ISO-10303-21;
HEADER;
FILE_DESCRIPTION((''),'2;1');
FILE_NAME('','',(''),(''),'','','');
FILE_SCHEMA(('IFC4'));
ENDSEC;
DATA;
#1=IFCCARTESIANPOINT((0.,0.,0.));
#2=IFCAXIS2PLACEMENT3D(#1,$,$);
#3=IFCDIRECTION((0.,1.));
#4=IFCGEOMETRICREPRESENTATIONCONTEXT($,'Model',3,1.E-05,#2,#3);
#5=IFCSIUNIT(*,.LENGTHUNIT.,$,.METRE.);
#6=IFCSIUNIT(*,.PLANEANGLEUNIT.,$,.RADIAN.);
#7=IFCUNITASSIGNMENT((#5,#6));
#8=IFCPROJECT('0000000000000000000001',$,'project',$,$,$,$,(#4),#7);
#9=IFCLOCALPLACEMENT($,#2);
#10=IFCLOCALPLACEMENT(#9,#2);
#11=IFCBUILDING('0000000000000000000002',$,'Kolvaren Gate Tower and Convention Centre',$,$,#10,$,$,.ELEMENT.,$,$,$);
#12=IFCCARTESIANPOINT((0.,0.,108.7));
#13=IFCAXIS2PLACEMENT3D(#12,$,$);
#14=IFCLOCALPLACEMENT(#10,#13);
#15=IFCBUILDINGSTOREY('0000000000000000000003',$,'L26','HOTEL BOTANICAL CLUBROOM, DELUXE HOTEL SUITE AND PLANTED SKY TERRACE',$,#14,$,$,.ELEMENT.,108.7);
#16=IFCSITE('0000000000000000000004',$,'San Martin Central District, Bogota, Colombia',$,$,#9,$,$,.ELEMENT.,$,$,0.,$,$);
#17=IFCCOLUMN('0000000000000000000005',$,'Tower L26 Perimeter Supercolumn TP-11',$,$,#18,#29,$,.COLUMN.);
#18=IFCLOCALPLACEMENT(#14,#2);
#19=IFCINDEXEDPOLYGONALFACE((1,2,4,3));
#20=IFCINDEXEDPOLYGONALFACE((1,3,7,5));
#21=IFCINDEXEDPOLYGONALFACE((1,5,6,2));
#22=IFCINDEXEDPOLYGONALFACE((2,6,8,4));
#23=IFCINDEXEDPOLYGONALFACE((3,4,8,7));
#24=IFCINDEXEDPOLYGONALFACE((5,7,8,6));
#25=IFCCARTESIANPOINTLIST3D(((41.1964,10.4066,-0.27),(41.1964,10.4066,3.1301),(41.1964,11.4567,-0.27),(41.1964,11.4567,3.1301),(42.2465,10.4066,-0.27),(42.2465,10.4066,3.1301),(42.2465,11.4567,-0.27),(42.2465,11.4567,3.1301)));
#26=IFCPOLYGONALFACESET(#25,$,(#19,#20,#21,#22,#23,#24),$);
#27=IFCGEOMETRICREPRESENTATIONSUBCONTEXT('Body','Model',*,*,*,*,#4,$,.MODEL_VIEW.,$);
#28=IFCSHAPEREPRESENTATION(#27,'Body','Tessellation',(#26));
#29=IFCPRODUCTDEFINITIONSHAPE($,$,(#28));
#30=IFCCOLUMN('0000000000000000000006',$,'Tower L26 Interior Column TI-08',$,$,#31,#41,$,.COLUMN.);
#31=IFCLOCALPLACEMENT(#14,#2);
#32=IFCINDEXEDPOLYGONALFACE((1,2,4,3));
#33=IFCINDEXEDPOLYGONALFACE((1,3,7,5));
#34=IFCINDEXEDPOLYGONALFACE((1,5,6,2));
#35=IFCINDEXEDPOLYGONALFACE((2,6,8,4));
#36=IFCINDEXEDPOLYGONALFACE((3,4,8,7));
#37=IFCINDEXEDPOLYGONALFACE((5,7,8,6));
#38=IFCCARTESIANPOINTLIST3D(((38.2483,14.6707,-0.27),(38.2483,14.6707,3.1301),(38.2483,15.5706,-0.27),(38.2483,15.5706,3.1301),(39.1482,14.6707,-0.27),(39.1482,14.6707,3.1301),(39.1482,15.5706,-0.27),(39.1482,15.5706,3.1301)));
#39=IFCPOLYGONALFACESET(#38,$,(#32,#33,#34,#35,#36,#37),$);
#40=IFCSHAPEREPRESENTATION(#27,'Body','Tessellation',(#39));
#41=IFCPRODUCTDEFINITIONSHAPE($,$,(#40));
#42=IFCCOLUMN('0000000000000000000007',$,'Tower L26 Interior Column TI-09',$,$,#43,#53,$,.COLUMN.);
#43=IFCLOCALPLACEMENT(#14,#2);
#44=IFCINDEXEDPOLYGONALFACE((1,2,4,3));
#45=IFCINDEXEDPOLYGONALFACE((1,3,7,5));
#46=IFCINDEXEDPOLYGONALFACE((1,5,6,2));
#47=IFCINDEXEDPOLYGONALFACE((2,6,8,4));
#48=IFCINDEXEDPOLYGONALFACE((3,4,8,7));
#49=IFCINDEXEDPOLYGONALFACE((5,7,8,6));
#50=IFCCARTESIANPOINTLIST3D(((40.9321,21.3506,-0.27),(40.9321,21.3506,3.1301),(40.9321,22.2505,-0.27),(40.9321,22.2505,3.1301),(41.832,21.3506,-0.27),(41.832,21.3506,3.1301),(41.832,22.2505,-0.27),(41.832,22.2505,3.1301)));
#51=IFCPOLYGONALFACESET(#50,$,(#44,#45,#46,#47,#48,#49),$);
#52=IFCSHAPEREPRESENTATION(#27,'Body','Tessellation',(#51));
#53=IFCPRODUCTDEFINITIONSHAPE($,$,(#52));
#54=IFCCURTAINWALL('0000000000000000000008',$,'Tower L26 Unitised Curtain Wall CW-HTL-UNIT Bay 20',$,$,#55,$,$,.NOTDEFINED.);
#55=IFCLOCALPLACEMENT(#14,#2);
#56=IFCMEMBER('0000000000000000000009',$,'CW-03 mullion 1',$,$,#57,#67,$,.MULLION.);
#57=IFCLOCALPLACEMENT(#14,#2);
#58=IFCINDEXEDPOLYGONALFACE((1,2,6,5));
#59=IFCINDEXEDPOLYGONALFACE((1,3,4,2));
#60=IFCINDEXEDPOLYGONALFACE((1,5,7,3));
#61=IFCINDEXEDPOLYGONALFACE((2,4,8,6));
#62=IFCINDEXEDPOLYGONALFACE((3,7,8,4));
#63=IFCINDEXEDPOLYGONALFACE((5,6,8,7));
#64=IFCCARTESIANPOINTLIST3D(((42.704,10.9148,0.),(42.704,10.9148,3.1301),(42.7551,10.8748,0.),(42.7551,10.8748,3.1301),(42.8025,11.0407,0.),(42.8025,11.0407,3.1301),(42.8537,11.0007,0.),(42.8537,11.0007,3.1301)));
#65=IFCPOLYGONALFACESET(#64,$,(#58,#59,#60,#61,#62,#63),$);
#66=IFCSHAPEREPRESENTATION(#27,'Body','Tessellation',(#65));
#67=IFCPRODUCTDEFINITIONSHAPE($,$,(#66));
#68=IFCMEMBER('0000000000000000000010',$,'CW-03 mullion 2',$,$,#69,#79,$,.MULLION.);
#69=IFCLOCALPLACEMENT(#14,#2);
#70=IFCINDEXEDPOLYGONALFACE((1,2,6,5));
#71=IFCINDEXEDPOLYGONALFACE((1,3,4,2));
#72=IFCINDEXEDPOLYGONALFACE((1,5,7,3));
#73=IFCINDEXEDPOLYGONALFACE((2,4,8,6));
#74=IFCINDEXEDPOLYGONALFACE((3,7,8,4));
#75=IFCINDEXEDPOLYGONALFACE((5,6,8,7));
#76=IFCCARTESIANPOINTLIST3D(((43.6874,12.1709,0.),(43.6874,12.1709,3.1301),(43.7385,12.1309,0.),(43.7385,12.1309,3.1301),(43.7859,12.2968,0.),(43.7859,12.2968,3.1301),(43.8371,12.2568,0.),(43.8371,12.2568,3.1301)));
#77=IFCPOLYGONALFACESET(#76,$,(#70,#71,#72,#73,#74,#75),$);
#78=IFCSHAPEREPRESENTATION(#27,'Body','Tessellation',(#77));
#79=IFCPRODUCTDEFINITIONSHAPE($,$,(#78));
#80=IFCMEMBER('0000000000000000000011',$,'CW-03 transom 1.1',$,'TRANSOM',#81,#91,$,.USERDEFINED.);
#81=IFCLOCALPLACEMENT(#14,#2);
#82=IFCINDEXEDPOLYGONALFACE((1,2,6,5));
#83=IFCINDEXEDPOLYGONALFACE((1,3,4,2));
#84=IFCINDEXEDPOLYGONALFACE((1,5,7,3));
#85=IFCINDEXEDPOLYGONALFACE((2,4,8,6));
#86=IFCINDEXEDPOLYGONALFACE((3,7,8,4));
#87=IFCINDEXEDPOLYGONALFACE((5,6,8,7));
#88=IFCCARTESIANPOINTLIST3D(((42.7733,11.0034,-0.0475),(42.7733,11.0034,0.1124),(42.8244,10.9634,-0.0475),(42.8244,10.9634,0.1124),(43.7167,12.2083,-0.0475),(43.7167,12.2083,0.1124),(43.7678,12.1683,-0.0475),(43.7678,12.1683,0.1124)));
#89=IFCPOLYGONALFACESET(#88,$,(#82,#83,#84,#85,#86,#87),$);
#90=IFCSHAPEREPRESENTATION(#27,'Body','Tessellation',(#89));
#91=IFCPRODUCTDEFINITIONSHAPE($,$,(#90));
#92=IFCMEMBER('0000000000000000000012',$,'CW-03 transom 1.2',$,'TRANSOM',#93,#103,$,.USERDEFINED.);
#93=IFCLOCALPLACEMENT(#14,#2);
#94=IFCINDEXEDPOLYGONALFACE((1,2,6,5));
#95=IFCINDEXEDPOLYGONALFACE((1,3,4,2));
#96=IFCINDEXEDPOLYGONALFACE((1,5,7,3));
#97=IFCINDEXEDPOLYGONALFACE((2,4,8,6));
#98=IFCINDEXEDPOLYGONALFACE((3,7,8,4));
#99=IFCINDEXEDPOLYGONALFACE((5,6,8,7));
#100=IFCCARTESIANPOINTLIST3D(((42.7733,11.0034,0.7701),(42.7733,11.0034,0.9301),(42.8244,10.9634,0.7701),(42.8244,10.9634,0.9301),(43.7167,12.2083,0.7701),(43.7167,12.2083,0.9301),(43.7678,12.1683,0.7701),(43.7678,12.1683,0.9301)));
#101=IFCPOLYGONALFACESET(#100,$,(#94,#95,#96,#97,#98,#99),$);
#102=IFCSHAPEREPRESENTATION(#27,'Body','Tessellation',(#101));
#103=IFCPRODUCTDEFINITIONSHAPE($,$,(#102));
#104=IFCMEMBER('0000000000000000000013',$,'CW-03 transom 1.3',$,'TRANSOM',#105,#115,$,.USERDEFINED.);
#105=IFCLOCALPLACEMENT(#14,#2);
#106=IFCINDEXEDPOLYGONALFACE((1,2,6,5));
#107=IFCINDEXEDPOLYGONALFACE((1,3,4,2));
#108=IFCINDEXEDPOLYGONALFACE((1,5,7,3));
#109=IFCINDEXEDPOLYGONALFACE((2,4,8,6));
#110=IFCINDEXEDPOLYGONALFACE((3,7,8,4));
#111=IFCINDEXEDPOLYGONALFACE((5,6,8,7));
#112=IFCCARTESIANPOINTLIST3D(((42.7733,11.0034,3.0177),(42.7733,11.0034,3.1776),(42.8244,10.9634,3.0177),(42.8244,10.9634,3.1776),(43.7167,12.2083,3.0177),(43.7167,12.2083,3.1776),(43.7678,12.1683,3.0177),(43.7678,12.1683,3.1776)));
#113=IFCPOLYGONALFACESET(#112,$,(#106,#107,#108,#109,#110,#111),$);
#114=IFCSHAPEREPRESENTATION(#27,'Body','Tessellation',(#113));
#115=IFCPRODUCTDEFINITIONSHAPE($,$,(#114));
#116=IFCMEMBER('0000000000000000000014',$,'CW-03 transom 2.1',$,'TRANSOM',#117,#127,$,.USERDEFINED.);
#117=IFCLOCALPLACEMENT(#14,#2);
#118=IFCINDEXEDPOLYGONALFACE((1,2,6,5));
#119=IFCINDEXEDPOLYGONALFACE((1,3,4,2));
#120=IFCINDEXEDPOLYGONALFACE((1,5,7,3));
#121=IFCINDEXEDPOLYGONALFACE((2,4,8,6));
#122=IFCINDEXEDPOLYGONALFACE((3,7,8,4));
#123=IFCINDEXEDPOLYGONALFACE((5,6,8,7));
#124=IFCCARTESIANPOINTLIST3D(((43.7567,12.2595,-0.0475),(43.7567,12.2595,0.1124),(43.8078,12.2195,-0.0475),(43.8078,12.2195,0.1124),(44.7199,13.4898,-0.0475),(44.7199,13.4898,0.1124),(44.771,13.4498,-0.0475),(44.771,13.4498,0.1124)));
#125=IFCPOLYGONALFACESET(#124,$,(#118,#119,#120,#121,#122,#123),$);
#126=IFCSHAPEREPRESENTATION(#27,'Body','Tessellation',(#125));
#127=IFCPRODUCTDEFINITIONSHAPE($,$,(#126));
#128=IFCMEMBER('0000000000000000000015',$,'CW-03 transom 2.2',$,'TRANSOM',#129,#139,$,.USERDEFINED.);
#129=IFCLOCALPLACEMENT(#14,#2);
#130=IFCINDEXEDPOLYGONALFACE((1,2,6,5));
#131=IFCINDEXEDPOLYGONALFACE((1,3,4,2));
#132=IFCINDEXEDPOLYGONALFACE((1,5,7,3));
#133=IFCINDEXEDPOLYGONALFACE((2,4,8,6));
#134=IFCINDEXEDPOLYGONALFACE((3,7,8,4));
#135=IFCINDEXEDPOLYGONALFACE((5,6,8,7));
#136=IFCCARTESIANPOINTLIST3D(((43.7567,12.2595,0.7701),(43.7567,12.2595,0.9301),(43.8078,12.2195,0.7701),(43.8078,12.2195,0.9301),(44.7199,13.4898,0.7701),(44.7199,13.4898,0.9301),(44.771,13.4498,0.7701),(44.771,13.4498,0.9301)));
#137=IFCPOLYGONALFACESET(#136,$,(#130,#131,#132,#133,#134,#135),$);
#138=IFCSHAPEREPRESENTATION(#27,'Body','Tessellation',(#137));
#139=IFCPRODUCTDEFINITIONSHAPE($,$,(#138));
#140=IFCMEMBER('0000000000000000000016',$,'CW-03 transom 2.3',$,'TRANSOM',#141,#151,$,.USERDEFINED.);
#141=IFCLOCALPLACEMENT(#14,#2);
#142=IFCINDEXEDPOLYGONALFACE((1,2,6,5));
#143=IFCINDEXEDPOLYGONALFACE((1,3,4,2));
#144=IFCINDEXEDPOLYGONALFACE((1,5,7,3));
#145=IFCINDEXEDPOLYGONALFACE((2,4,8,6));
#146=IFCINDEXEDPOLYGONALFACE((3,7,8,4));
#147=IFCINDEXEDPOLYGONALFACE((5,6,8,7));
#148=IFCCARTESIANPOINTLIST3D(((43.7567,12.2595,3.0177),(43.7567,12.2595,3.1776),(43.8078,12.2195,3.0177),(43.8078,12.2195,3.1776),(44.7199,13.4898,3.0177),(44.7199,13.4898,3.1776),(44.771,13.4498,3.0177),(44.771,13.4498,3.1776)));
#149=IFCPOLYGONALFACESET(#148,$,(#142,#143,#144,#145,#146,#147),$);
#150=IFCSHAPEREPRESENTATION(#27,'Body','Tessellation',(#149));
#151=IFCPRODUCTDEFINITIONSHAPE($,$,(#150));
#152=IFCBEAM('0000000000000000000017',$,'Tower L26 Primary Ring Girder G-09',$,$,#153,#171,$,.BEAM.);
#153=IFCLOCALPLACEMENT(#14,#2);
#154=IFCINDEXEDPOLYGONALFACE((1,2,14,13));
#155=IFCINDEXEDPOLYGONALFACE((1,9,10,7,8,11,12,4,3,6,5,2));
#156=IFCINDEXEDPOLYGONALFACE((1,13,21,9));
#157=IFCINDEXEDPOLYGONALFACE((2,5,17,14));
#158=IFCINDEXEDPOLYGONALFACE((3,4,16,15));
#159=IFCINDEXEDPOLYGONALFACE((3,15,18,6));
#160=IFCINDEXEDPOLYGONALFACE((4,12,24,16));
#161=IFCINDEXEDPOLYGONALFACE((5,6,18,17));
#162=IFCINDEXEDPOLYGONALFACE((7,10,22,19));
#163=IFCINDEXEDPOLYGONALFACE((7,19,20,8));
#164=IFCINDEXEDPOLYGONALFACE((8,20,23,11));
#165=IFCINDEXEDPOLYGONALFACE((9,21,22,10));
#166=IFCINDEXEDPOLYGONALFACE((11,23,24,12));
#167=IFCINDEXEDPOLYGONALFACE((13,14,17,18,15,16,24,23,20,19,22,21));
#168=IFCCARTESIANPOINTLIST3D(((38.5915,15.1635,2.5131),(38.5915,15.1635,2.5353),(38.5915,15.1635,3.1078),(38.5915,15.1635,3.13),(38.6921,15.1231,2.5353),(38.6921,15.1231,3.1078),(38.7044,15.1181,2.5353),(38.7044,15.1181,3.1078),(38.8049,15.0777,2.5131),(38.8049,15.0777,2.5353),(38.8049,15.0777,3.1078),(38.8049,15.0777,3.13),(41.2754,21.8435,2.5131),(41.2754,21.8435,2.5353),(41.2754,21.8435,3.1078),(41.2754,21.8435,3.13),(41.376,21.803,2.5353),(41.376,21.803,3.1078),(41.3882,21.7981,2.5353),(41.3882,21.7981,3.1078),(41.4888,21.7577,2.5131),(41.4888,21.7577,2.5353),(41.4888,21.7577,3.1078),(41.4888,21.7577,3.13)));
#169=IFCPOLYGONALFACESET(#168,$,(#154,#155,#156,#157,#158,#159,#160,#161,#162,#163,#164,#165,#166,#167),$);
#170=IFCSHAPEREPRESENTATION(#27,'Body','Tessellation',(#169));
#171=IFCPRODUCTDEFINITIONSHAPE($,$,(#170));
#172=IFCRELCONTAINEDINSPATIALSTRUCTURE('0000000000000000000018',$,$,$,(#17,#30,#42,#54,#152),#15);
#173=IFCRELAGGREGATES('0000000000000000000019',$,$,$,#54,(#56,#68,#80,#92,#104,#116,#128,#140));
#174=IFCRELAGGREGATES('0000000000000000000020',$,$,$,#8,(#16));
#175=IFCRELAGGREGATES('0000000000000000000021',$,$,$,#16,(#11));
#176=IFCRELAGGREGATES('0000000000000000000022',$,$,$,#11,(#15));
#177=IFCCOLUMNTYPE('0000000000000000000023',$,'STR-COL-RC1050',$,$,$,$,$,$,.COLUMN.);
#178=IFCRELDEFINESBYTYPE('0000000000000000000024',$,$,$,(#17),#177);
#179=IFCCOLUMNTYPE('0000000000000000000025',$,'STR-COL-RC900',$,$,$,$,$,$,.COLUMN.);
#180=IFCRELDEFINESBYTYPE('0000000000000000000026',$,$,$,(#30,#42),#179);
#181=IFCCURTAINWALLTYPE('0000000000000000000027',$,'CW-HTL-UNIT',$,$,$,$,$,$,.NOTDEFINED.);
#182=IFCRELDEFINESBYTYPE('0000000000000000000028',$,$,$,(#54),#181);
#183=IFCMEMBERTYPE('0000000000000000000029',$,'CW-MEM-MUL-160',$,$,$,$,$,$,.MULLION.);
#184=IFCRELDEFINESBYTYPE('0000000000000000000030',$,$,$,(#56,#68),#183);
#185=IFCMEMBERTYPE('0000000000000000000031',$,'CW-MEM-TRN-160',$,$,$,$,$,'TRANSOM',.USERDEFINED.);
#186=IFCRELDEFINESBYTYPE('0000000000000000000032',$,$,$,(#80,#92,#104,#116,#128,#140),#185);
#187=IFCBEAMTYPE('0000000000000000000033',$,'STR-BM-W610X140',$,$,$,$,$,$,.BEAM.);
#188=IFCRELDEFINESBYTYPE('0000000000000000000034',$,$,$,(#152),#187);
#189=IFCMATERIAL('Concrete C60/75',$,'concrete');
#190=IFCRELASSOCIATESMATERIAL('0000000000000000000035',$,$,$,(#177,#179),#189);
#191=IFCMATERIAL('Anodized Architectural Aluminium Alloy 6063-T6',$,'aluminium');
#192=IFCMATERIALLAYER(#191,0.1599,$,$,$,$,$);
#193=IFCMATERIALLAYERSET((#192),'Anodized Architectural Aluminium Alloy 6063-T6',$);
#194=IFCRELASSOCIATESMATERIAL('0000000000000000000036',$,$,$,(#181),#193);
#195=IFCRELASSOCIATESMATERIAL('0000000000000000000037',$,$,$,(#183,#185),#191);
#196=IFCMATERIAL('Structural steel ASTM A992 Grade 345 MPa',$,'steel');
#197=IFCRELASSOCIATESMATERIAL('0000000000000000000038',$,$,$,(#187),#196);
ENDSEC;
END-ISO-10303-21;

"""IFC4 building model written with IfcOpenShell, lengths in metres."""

from ifc_helpers import new_model, si_unit, direction, frame, origin, origin_2d, place, context, subcontext, project, spatial, rectangle, i_section, extrude, material, layer, layer_set, material_profile, profile_set, type_object, element, aggregate, save


model = new_model("IFC4")

# Units and contexts
model_context = context("Model", 3, precision=1e-05, world=origin(), true_north=direction((0.0, 1.0)))
body_context = subcontext(model_context, "Body", "Model", "MODEL_VIEW")
ifc_project = project(units=[si_unit("LENGTHUNIT", "METRE"), si_unit("PLANEANGLEUNIT", "RADIAN")], contexts=[model_context])

# Site, building, storey
site_placement = place(None, origin())
site = spatial("IfcSite", under=ifc_project, at=site_placement, Name="San Martin Central District, Bogota, Colombia", CompositionType="ELEMENT", RefElevation=0.0)
building_placement = place(site_placement, origin())
building = spatial("IfcBuilding", under=site, at=building_placement, Name="Kolvaren Gate Tower and Convention Centre", CompositionType="ELEMENT")
storey_placement = place(building_placement, frame((0.0, 0.0, 108.7)))
storey = spatial("IfcBuildingStorey", under=building, at=storey_placement, Name="L26", Description="HOTEL BOTANICAL CLUBROOM, DELUXE HOTEL SUITE AND PLANTED SKY TERRACE", CompositionType="ELEMENT", Elevation=108.7)

# Columns
ifc_material_1 = material(Name="Concrete C60/75", Category="concrete")
ifc_material_profile_1 = material_profile(ifc_material_1, rectangle(XDim=1.05, YDim=1.05, at=origin_2d()), Name="RC-COL-1050X1050")
ifc_profile_set_1 = profile_set([ifc_material_profile_1], Name="Concrete C60/75")
column_type_1 = type_object("IfcColumnType", Name="STR-COL-RC1050", PredefinedType="COLUMN", material=ifc_profile_set_1)
column_placement = place(storey_placement, frame((41.7214, 10.9316, -0.27), z_axis=(0.0, 0.0, 1.0), x_axis=(1.0, 0.0, 0.0)))
element("IfcColumn", 1, at=column_placement, inside=storey, type_object=column_type_1, Name="Tower L26 Perimeter Supercolumn TP-11", PredefinedType="COLUMN", context=body_context, shape_type="SweptSolid", body=[
    extrude(rectangle(XDim=1.05, YDim=1.05, at=origin_2d()), origin(), (0.0, 0.0, 1.0), 3.4001),
])
ifc_material_profile_2 = material_profile(ifc_material_1, rectangle(XDim=0.8999, YDim=0.8999, at=origin_2d()), Name="RC-COL-900X900")
ifc_profile_set_2 = profile_set([ifc_material_profile_2], Name="Concrete C60/75")
column_type_2 = type_object("IfcColumnType", Name="STR-COL-RC900", PredefinedType="COLUMN", material=ifc_profile_set_2)
for number, where, z_axis, x_axis, name in (
    (2, (38.6982, 15.1206, -0.27), (0.0, 0.0, 1.0), (1.0, 0.0, 0.0), "Tower L26 Interior Column TI-08"),
    (3, (41.3821, 21.8005, -0.27), (0.0, 0.0, 1.0), (1.0, 0.0, 0.0), "Tower L26 Interior Column TI-09"),
):
    element("IfcColumn", number, at=place(storey_placement, frame(where, z_axis=z_axis, x_axis=x_axis)), inside=storey, type_object=column_type_2, Name=name, PredefinedType="COLUMN", context=body_context, shape_type="SweptSolid", body=[
        extrude(rectangle(XDim=0.8999, YDim=0.8999, at=origin_2d()), origin(), (0.0, 0.0, 1.0), 3.4001),
    ])

# Curtain wall, members
ifc_material_2 = material(Name="Anodized Architectural Aluminium Alloy 6063-T6", Category="aluminium")
ifc_layer_1 = layer(ifc_material_2, 0.1599)
ifc_layer_set_1 = layer_set([ifc_layer_1], Name="Anodized Architectural Aluminium Alloy 6063-T6")
curtain_wall_type = type_object("IfcCurtainWallType", Name="CW-HTL-UNIT", PredefinedType="NOTDEFINED", material=ifc_layer_set_1)
curtain_wall_placement = place(storey_placement, origin())
curtain_wall = element("IfcCurtainWall", 4, at=curtain_wall_placement, inside=storey, type_object=curtain_wall_type, Name="Tower L26 Unitised Curtain Wall CW-HTL-UNIT Bay 20", PredefinedType="NOTDEFINED")
ifc_material_profile_3 = material_profile(ifc_material_2, rectangle(XDim=0.0649, YDim=0.1599, at=origin_2d()), Name="CW-MEM-MUL-160")
ifc_profile_set_3 = profile_set([ifc_material_profile_3], Name="Anodized Architectural Aluminium Alloy 6063-T6")
member_type_1 = type_object("IfcMemberType", Name="CW-MEM-MUL-160", PredefinedType="MULLION", material=ifc_profile_set_3)
member_1_placement = place(storey_placement, frame((42.7788, 10.9578, 0.0), z_axis=(0.0, 0.0, 1.0), x_axis=(-0.787413, 0.616426, 0.0)))
member_1 = element("IfcMember", 5, at=member_1_placement, type_object=member_type_1, Name="CW-03 mullion 1", PredefinedType="MULLION", context=body_context, shape_type="SweptSolid", body=[
    extrude(rectangle(XDim=0.0649, YDim=0.1599, at=origin_2d()), origin(), (0.0, 0.0, 1.0), 3.1301),
])
member_2_placement = place(storey_placement, frame((43.7622, 12.2139, 0.0), z_axis=(0.0, 0.0, 1.0), x_axis=(-0.787413, 0.616426, 0.0)))
member_2 = element("IfcMember", 6, at=member_2_placement, type_object=member_type_1, Name="CW-03 mullion 2", PredefinedType="MULLION", context=body_context, shape_type="SweptSolid", body=[
    extrude(rectangle(XDim=0.0649, YDim=0.1599, at=origin_2d()), origin(), (0.0, 0.0, 1.0), 3.1301),
])
ifc_material_profile_4 = material_profile(ifc_material_2, rectangle(XDim=0.0649, YDim=0.1599, at=origin_2d()), Name="CW-MEM-TRN-160")
ifc_profile_set_4 = profile_set([ifc_material_profile_4], Name="Anodized Architectural Aluminium Alloy 6063-T6")
member_type_2 = type_object("IfcMemberType", Name="CW-MEM-TRN-160", ElementType="TRANSOM", PredefinedType="USERDEFINED", material=ifc_profile_set_4)
member_3_placement = place(storey_placement, frame((42.7988, 10.9834, 0.0325), z_axis=(0.616489, 0.787364, 0.0), x_axis=(-0.787364, 0.616489, 0.0)))
member_3 = element("IfcMember", 7, at=member_3_placement, type_object=member_type_2, Name="CW-03 transom 1.1", ObjectType="TRANSOM", PredefinedType="USERDEFINED", context=body_context, shape_type="SweptSolid", body=[
    extrude(rectangle(XDim=0.0649, YDim=0.1599, at=origin_2d()), origin(), (0.0, 0.0, 1.0), 1.5303),
])
member_4_placement = place(storey_placement, frame((42.7988, 10.9834, 0.8501), z_axis=(0.616489, 0.787364, 0.0), x_axis=(-0.787364, 0.616489, 0.0)))
member_4 = element("IfcMember", 8, at=member_4_placement, type_object=member_type_2, Name="CW-03 transom 1.2", ObjectType="TRANSOM", PredefinedType="USERDEFINED", context=body_context, shape_type="SweptSolid", body=[
    extrude(rectangle(XDim=0.0649, YDim=0.1599, at=origin_2d()), origin(), (0.0, 0.0, 1.0), 1.5303),
])
member_5_placement = place(storey_placement, frame((42.7988, 10.9834, 3.0977), z_axis=(0.616489, 0.787364, 0.0), x_axis=(-0.787364, 0.616489, 0.0)))
member_5 = element("IfcMember", 9, at=member_5_placement, type_object=member_type_2, Name="CW-03 transom 1.3", ObjectType="TRANSOM", PredefinedType="USERDEFINED", context=body_context, shape_type="SweptSolid", body=[
    extrude(rectangle(XDim=0.0649, YDim=0.1599, at=origin_2d()), origin(), (0.0, 0.0, 1.0), 1.5303),
])
member_6_placement = place(storey_placement, frame((43.7822, 12.2395, 0.0325), z_axis=(0.616447, 0.787396, 0.0), x_axis=(-0.787396, 0.616447, 0.0)))
member_6 = element("IfcMember", 10, at=member_6_placement, type_object=member_type_2, Name="CW-03 transom 2.1", ObjectType="TRANSOM", PredefinedType="USERDEFINED", context=body_context, shape_type="SweptSolid", body=[
    extrude(rectangle(XDim=0.0649, YDim=0.1599, at=origin_2d()), origin(), (0.0, 0.0, 1.0), 1.5625),
])
member_7_placement = place(storey_placement, frame((43.7822, 12.2395, 0.8501), z_axis=(0.616447, 0.787396, 0.0), x_axis=(-0.787396, 0.616447, 0.0)))
member_7 = element("IfcMember", 11, at=member_7_placement, type_object=member_type_2, Name="CW-03 transom 2.2", ObjectType="TRANSOM", PredefinedType="USERDEFINED", context=body_context, shape_type="SweptSolid", body=[
    extrude(rectangle(XDim=0.0649, YDim=0.1599, at=origin_2d()), origin(), (0.0, 0.0, 1.0), 1.5625),
])
member_8_placement = place(storey_placement, frame((43.7822, 12.2395, 3.0977), z_axis=(0.616447, 0.787396, 0.0), x_axis=(-0.787396, 0.616447, 0.0)))
member_8 = element("IfcMember", 12, at=member_8_placement, type_object=member_type_2, Name="CW-03 transom 2.3", ObjectType="TRANSOM", PredefinedType="USERDEFINED", context=body_context, shape_type="SweptSolid", body=[
    extrude(rectangle(XDim=0.0649, YDim=0.1599, at=origin_2d()), origin(), (0.0, 0.0, 1.0), 1.5625),
])

# Beam
ifc_material_3 = material(Name="Structural steel ASTM A992 Grade 345 MPa", Category="steel")
ifc_material_profile_5 = material_profile(ifc_material_3, i_section(OverallWidth=0.23, OverallDepth=0.6169, WebThickness=0.0132, FlangeThickness=0.0222, at=origin_2d()), Name="W610X140")
ifc_profile_set_5 = profile_set([ifc_material_profile_5], Name="Structural steel ASTM A992 Grade 345 MPa")
beam_type_1 = type_object("IfcBeamType", Name="STR-BM-W610X140", PredefinedType="BEAM", material=ifc_profile_set_5)
beam_1_placement = place(storey_placement, frame((38.6982, 15.1206, 2.8215), z_axis=(0.372811, 0.927907, 0.0), x_axis=(-0.927907, 0.372811, 0.0)))
element("IfcBeam", 13, at=beam_1_placement, inside=storey, type_object=beam_type_1, Name="Tower L26 Primary Ring Girder G-09", PredefinedType="BEAM", context=body_context, shape_type="SweptSolid", body=[
    extrude(i_section(OverallWidth=0.23, OverallDepth=0.6169, WebThickness=0.0132, FlangeThickness=0.0222, at=origin_2d()), origin(), (0.0, 0.0, 1.0), 7.199),
])

aggregate(curtain_wall, [member_1, member_2, member_3, member_4, member_5, member_6, member_7, member_8])

save(model, "model.ifc")
